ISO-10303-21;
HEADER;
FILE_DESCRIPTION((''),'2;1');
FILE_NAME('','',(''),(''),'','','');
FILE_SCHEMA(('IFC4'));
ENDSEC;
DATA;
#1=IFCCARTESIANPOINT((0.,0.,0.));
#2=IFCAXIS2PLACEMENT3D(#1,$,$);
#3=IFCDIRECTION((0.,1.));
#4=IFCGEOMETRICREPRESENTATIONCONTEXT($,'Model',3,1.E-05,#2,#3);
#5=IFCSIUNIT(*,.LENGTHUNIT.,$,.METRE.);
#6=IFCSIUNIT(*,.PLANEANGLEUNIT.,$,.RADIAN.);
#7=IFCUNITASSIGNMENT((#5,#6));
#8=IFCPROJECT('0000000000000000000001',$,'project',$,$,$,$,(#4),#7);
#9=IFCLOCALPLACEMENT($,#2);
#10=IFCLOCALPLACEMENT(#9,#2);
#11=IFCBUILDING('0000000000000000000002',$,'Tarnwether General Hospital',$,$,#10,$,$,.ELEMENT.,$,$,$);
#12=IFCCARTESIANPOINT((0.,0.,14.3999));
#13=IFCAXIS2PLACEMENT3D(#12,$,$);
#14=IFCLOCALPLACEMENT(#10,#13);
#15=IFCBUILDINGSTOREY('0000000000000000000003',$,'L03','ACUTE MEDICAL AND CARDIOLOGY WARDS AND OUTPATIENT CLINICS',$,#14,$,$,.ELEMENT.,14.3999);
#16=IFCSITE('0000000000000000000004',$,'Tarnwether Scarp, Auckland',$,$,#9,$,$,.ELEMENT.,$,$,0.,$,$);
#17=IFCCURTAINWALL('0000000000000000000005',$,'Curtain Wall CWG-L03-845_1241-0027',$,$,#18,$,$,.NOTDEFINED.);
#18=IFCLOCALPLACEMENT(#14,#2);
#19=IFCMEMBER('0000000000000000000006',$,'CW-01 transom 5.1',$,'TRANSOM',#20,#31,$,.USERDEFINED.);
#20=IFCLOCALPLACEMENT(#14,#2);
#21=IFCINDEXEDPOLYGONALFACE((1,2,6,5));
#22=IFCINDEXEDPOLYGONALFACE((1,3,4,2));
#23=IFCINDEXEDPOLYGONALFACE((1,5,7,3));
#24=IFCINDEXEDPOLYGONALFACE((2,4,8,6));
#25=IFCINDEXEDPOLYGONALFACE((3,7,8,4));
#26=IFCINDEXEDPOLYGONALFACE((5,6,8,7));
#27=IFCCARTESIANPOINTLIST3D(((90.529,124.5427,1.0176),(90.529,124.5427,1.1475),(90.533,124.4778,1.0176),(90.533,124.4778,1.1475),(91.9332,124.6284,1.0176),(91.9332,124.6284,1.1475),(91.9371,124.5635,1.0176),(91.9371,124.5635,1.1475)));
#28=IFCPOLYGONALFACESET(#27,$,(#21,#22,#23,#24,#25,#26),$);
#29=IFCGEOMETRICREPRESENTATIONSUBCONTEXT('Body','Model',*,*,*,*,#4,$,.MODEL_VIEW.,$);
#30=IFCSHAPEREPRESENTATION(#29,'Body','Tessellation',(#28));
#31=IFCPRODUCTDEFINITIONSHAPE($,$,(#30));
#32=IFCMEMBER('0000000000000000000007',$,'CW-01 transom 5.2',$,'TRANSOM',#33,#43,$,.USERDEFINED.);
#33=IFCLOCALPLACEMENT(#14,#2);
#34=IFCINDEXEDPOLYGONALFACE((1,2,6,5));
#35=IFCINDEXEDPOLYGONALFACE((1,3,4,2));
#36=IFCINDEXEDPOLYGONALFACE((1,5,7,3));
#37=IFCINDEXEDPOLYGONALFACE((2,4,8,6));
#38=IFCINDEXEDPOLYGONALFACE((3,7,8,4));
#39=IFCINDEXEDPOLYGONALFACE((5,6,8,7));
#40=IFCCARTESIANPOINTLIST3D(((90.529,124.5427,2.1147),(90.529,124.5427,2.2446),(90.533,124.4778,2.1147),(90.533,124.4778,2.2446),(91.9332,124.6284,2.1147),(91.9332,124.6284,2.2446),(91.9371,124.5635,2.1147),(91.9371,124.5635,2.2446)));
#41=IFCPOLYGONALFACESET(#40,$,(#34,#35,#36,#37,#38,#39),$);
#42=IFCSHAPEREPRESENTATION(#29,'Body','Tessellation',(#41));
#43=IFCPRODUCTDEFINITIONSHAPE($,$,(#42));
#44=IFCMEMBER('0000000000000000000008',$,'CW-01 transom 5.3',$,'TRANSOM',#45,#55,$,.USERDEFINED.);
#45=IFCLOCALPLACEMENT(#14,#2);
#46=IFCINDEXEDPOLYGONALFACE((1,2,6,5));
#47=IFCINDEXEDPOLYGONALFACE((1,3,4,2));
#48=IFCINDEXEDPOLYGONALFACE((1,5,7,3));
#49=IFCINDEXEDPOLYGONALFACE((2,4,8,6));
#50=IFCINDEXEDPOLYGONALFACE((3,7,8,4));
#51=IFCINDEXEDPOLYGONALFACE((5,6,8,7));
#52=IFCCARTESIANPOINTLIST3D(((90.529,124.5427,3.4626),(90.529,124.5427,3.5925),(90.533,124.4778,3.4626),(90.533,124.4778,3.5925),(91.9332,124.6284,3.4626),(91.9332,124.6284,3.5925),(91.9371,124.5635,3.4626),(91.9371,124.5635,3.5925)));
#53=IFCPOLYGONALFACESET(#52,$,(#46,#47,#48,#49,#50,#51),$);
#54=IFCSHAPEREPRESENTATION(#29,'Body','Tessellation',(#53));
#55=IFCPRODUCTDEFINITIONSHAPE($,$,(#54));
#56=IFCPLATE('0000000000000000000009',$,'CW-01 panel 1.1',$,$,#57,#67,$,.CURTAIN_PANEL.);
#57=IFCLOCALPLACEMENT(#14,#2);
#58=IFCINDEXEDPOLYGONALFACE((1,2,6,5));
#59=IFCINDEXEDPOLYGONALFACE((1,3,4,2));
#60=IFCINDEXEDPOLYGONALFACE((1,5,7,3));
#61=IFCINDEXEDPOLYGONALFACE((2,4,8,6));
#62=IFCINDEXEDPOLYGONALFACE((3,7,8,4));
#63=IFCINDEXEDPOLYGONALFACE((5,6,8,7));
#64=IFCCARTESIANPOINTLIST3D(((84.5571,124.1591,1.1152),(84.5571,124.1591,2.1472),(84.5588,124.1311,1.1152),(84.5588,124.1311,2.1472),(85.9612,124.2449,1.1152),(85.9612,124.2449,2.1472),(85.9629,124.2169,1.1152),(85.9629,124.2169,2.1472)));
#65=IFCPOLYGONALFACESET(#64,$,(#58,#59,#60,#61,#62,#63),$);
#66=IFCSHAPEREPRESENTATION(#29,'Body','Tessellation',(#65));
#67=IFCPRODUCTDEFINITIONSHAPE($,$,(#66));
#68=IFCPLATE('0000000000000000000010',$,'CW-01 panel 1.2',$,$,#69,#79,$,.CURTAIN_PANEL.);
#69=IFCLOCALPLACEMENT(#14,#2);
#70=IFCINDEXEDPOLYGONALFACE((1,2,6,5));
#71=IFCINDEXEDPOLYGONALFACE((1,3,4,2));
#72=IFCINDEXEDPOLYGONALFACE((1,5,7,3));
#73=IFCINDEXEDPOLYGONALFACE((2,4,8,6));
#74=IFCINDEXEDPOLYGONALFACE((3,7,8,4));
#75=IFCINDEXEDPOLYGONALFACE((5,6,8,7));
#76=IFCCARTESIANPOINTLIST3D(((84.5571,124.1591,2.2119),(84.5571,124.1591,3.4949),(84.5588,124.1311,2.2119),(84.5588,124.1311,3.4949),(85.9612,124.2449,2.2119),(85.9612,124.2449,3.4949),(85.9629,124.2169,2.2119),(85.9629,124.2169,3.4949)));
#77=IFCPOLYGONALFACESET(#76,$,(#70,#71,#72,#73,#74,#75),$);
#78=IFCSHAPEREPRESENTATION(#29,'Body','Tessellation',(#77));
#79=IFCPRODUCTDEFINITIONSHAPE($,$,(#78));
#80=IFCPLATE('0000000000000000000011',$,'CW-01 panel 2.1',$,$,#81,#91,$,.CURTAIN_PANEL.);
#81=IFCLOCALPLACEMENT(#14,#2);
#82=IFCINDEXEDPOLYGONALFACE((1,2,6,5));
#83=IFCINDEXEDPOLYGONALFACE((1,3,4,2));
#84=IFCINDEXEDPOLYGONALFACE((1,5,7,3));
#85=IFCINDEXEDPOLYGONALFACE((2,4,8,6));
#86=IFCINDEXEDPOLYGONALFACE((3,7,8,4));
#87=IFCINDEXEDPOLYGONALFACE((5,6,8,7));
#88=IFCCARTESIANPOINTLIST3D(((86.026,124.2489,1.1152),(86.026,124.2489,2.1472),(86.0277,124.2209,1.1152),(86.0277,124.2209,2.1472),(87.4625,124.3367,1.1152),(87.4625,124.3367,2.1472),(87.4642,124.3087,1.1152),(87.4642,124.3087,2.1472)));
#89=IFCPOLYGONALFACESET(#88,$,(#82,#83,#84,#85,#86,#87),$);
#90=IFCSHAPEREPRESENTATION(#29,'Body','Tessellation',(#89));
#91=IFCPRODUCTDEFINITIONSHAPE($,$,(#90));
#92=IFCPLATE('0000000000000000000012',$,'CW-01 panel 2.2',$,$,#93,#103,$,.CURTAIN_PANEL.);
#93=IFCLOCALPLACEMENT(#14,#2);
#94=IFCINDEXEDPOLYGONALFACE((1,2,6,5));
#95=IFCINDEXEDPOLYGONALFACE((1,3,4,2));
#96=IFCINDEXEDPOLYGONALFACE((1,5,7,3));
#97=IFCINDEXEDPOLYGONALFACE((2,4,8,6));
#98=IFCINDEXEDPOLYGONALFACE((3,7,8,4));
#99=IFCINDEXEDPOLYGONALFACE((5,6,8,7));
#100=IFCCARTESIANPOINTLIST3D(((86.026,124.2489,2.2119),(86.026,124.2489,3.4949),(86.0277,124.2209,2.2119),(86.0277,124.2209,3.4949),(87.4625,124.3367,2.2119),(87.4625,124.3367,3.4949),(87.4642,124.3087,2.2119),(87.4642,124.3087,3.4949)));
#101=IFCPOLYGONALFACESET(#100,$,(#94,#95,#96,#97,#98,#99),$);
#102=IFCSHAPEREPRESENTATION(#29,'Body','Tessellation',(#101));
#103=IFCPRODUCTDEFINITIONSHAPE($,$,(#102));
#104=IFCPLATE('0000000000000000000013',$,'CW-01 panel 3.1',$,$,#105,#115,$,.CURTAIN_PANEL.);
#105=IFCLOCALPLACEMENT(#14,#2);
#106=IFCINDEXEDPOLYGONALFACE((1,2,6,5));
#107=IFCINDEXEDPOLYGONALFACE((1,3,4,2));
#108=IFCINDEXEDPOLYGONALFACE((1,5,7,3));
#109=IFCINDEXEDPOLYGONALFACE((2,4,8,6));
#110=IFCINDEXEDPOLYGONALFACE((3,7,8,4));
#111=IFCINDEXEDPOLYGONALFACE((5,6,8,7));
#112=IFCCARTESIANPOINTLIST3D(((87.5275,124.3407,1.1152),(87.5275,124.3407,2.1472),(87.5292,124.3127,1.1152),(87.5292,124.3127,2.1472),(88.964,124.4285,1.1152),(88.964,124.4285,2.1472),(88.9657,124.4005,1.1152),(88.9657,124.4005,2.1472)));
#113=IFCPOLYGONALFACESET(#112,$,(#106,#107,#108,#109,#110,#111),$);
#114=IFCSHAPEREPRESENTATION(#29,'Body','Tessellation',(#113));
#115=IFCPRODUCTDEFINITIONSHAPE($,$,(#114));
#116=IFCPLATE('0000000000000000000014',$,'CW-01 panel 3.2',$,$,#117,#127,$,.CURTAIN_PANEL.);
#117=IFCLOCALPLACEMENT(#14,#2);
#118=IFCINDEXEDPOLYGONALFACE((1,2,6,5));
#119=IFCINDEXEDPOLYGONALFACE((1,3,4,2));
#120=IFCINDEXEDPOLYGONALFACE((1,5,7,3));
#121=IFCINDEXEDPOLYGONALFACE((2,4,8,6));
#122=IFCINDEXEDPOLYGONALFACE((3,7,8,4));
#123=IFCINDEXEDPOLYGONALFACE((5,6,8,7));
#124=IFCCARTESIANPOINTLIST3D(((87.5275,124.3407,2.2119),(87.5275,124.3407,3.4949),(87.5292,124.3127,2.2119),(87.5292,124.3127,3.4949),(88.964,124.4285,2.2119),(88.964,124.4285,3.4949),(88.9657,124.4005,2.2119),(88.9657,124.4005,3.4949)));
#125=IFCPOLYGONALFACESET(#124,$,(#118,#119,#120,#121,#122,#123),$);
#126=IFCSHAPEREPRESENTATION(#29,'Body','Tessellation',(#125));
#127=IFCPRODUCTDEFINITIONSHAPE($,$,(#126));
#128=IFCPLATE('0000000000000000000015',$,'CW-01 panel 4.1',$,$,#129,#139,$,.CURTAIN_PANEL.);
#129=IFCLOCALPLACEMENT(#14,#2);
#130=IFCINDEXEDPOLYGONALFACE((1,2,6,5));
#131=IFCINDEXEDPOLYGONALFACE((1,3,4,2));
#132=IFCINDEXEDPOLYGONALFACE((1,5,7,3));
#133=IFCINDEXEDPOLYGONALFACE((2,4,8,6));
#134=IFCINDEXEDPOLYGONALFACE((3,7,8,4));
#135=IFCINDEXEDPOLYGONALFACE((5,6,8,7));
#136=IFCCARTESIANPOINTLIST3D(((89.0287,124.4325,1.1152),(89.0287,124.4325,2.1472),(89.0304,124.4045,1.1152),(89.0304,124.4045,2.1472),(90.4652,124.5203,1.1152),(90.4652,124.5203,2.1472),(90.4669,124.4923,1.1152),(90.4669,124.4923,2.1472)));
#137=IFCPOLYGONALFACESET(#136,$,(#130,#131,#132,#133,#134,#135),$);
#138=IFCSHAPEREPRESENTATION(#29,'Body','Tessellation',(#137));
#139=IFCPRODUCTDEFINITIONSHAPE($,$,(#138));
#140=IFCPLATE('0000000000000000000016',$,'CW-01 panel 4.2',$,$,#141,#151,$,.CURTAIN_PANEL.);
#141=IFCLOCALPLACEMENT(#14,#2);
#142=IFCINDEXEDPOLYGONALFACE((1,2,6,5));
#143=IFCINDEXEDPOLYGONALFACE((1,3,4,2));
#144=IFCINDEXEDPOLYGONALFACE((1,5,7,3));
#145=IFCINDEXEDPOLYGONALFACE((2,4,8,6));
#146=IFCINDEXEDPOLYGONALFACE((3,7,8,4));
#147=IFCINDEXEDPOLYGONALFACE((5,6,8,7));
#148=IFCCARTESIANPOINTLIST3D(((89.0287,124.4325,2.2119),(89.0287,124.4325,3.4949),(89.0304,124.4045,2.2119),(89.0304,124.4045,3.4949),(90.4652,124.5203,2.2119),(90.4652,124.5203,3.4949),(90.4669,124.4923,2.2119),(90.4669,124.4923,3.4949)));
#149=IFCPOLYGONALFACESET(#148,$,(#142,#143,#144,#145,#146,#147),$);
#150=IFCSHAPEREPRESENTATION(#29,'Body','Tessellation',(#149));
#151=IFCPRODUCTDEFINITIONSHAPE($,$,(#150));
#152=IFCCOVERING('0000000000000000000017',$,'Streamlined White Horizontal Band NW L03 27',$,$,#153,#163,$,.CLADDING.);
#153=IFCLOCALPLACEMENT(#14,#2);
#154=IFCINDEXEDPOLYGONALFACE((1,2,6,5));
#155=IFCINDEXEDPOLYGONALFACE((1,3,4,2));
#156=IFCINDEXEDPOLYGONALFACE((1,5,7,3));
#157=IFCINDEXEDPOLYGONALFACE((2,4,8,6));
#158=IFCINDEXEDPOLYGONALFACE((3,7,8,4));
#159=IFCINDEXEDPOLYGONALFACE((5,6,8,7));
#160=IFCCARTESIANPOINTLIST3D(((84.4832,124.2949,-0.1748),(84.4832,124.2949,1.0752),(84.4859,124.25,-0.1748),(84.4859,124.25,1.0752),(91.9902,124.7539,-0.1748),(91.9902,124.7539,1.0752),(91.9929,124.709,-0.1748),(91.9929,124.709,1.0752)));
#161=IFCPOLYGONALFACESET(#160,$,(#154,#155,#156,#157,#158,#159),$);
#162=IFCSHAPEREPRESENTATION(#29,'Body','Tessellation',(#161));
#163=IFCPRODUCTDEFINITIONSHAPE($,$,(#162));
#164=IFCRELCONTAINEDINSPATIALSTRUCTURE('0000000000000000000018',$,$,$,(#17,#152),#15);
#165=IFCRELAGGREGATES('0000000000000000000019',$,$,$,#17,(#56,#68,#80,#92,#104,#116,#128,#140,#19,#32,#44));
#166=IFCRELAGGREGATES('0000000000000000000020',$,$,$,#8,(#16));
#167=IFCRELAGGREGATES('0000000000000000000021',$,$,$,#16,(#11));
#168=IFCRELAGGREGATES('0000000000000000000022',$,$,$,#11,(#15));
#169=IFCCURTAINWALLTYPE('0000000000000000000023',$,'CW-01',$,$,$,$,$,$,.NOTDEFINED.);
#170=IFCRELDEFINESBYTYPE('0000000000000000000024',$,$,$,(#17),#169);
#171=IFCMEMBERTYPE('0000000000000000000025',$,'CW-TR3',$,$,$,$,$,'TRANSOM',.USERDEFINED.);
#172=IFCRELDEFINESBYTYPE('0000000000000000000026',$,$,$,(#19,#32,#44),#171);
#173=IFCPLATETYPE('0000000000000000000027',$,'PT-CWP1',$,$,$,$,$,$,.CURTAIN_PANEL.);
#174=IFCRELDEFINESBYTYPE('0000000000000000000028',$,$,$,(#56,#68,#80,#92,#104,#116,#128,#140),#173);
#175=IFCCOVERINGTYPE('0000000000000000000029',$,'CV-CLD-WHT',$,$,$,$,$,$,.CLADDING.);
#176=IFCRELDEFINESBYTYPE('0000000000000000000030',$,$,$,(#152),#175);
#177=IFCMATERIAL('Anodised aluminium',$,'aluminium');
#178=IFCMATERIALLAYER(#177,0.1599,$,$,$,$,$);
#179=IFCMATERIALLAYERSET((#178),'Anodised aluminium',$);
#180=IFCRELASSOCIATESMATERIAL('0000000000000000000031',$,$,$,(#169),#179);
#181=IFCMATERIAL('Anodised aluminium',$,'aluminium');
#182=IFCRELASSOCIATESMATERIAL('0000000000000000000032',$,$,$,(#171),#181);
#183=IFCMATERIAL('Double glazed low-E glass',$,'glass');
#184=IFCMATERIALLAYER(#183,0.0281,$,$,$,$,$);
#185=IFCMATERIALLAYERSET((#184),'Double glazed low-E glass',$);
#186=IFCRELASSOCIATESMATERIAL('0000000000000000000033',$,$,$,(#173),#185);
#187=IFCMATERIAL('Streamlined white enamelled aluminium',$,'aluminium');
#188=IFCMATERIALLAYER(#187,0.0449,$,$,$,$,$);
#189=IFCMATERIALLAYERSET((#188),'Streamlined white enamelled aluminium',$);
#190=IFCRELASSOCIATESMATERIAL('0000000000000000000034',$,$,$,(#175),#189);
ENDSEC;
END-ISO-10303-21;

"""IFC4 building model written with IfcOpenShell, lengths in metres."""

from ifc_helpers import new_model, si_unit, direction, frame, origin, origin_2d, place, context, subcontext, project, spatial, rectangle, extrude, material, layer, layer_set, material_profile, profile_set, type_object, element, aggregate, save


model = new_model("IFC4")

# Units and contexts
model_context = context("Model", 3, precision=1e-05, world=origin(), true_north=direction((0.0, 1.0)))
body_context = subcontext(model_context, "Body", "Model", "MODEL_VIEW")
ifc_project = project(units=[si_unit("LENGTHUNIT", "METRE"), si_unit("PLANEANGLEUNIT", "RADIAN")], contexts=[model_context])

# Site, building, storey
site_placement = place(None, origin())
site = spatial("IfcSite", under=ifc_project, at=site_placement, Name="Tarnwether Scarp, Auckland", CompositionType="ELEMENT", RefElevation=0.0)
building_placement = place(site_placement, origin())
building = spatial("IfcBuilding", under=site, at=building_placement, Name="Tarnwether General Hospital", CompositionType="ELEMENT")
storey_placement = place(building_placement, frame((0.0, 0.0, 14.3999)))
storey = spatial("IfcBuildingStorey", under=building, at=storey_placement, Name="L03", Description="ACUTE MEDICAL AND CARDIOLOGY WARDS AND OUTPATIENT CLINICS", CompositionType="ELEMENT", Elevation=14.3999)

# Curtain wall, members, plates
ifc_material_1 = material(Name="Anodised aluminium", Category="aluminium")
ifc_layer_1 = layer(ifc_material_1, 0.1599)
ifc_layer_set_1 = layer_set([ifc_layer_1], Name="Anodised aluminium")
curtain_wall_type = type_object("IfcCurtainWallType", Name="CW-01", PredefinedType="NOTDEFINED", material=ifc_layer_set_1)
curtain_wall_placement = place(storey_placement, origin())
curtain_wall = element("IfcCurtainWall", 1, at=curtain_wall_placement, inside=storey, type_object=curtain_wall_type, Name="Curtain Wall CWG-L03-845_1241-0027", PredefinedType="NOTDEFINED")
ifc_material_2 = material(Name="Anodised aluminium", Category="aluminium")
ifc_material_profile_1 = material_profile(ifc_material_2, rectangle(XDim=0.0649, YDim=0.1299, at=origin_2d()), Name="ALU-TRN-65x130")
ifc_profile_set_1 = profile_set([ifc_material_profile_1], Name="Anodised aluminium")
member_type_1 = type_object("IfcMemberType", Name="CW-TR3", ElementType="TRANSOM", PredefinedType="USERDEFINED", material=ifc_profile_set_1)
member_1_placement = place(storey_placement, frame((90.531, 124.5103, 1.0825), z_axis=(0.998143, 0.06092, 0.0), x_axis=(-0.06092, 0.998143, 0.0)))
member_1 = element("IfcMember", 2, at=member_1_placement, type_object=member_type_1, Name="CW-01 transom 5.1", ObjectType="TRANSOM", PredefinedType="USERDEFINED", context=body_context, shape_type="SweptSolid", body=[
    extrude(rectangle(XDim=0.0649, YDim=0.1299, at=origin_2d()), origin(), (0.0, 0.0, 1.0), 1.4067),
])
member_2_placement = place(storey_placement, frame((90.531, 124.5103, 2.1797), z_axis=(0.998143, 0.06092, 0.0), x_axis=(-0.06092, 0.998143, 0.0)))
member_2 = element("IfcMember", 3, at=member_2_placement, type_object=member_type_1, Name="CW-01 transom 5.2", ObjectType="TRANSOM", PredefinedType="USERDEFINED", context=body_context, shape_type="SweptSolid", body=[
    extrude(rectangle(XDim=0.0649, YDim=0.1299, at=origin_2d()), origin(), (0.0, 0.0, 1.0), 1.4067),
])
member_3_placement = place(storey_placement, frame((90.531, 124.5103, 3.5276), z_axis=(0.998143, 0.06092, 0.0), x_axis=(-0.06092, 0.998143, 0.0)))
member_3 = element("IfcMember", 4, at=member_3_placement, type_object=member_type_1, Name="CW-01 transom 5.3", ObjectType="TRANSOM", PredefinedType="USERDEFINED", context=body_context, shape_type="SweptSolid", body=[
    extrude(rectangle(XDim=0.0649, YDim=0.1299, at=origin_2d()), origin(), (0.0, 0.0, 1.0), 1.4067),
])
ifc_material_3 = material(Name="Double glazed low-E glass", Category="glass")
ifc_layer_2 = layer(ifc_material_3, 0.0281)
ifc_layer_set_2 = layer_set([ifc_layer_2], Name="Double glazed low-E glass")
plate_type = type_object("IfcPlateType", Name="PT-CWP1", PredefinedType="CURTAIN_PANEL", material=ifc_layer_set_2)
plate_1_placement = place(storey_placement, frame((85.26, 124.188, 1.1152), z_axis=(0.0, 0.0, 1.0), x_axis=(0.998136, 0.061029, 0.0)))
plate_1 = element("IfcPlate", 5, at=plate_1_placement, type_object=plate_type, Name="CW-01 panel 1.1", PredefinedType="CURTAIN_PANEL", context=body_context, shape_type="SweptSolid", body=[
    extrude(rectangle(XDim=1.4067, YDim=0.0281, at=origin_2d()), origin(), (0.0, 0.0, 1.0), 1.032),
])
plate_2_placement = place(storey_placement, frame((85.26, 124.188, 2.2119), z_axis=(0.0, 0.0, 1.0), x_axis=(0.998136, 0.061029, 0.0)))
plate_2 = element("IfcPlate", 6, at=plate_2_placement, type_object=plate_type, Name="CW-01 panel 1.2", PredefinedType="CURTAIN_PANEL", context=body_context, shape_type="SweptSolid", body=[
    extrude(rectangle(XDim=1.4067, YDim=0.0281, at=origin_2d()), origin(), (0.0, 0.0, 1.0), 1.283),
])
plate_3_placement = place(storey_placement, frame((86.7451, 124.2788, 1.1152), z_axis=(0.0, 0.0, 1.0), x_axis=(0.998136, 0.061029, 0.0)))
plate_3 = element("IfcPlate", 7, at=plate_3_placement, type_object=plate_type, Name="CW-01 panel 2.1", PredefinedType="CURTAIN_PANEL", context=body_context, shape_type="SweptSolid", body=[
    extrude(rectangle(XDim=1.4392, YDim=0.0281, at=origin_2d()), origin(), (0.0, 0.0, 1.0), 1.032),
])
plate_4_placement = place(storey_placement, frame((86.7451, 124.2788, 2.2119), z_axis=(0.0, 0.0, 1.0), x_axis=(0.998136, 0.061029, 0.0)))
plate_4 = element("IfcPlate", 8, at=plate_4_placement, type_object=plate_type, Name="CW-01 panel 2.2", PredefinedType="CURTAIN_PANEL", context=body_context, shape_type="SweptSolid", body=[
    extrude(rectangle(XDim=1.4392, YDim=0.0281, at=origin_2d()), origin(), (0.0, 0.0, 1.0), 1.283),
])
plate_5_placement = place(storey_placement, frame((88.2466, 124.3706, 1.1152), z_axis=(0.0, 0.0, 1.0), x_axis=(0.998136, 0.061029, 0.0)))
plate_5 = element("IfcPlate", 9, at=plate_5_placement, type_object=plate_type, Name="CW-01 panel 3.1", PredefinedType="CURTAIN_PANEL", context=body_context, shape_type="SweptSolid", body=[
    extrude(rectangle(XDim=1.4392, YDim=0.0281, at=origin_2d()), origin(), (0.0, 0.0, 1.0), 1.032),
])
plate_6_placement = place(storey_placement, frame((88.2466, 124.3706, 2.2119), z_axis=(0.0, 0.0, 1.0), x_axis=(0.998136, 0.061029, 0.0)))
plate_6 = element("IfcPlate", 10, at=plate_6_placement, type_object=plate_type, Name="CW-01 panel 3.2", PredefinedType="CURTAIN_PANEL", context=body_context, shape_type="SweptSolid", body=[
    extrude(rectangle(XDim=1.4392, YDim=0.0281, at=origin_2d()), origin(), (0.0, 0.0, 1.0), 1.283),
])
plate_7_placement = place(storey_placement, frame((89.7478, 124.4624, 1.1152), z_axis=(0.0, 0.0, 1.0), x_axis=(0.998136, 0.061029, 0.0)))
plate_7 = element("IfcPlate", 11, at=plate_7_placement, type_object=plate_type, Name="CW-01 panel 4.1", PredefinedType="CURTAIN_PANEL", context=body_context, shape_type="SweptSolid", body=[
    extrude(rectangle(XDim=1.4392, YDim=0.0281, at=origin_2d()), origin(), (0.0, 0.0, 1.0), 1.032),
])
plate_8_placement = place(storey_placement, frame((89.7478, 124.4624, 2.2119), z_axis=(0.0, 0.0, 1.0), x_axis=(0.998136, 0.061029, 0.0)))
plate_8 = element("IfcPlate", 12, at=plate_8_placement, type_object=plate_type, Name="CW-01 panel 4.2", PredefinedType="CURTAIN_PANEL", context=body_context, shape_type="SweptSolid", body=[
    extrude(rectangle(XDim=1.4392, YDim=0.0281, at=origin_2d()), origin(), (0.0, 0.0, 1.0), 1.283),
])
aggregate(curtain_wall, [plate_1, plate_2, plate_3, plate_4, plate_5, plate_6, plate_7, plate_8, member_1, member_2, member_3])

# Covering
ifc_material_4 = material(Name="Streamlined white enamelled aluminium", Category="aluminium")
ifc_layer_3 = layer(ifc_material_4, 0.0449)
ifc_layer_set_3 = layer_set([ifc_layer_3], Name="Streamlined white enamelled aluminium")
covering_type = type_object("IfcCoveringType", Name="CV-CLD-WHT", PredefinedType="CLADDING", material=ifc_layer_set_3)
covering_placement = place(storey_placement, frame((88.238, 124.502, -0.1748), z_axis=(0.0, 0.0, 1.0), x_axis=(0.998136, 0.061031, 0.0)))
element("IfcCovering", 13, at=covering_placement, inside=storey, type_object=covering_type, Name="Streamlined White Horizontal Band NW L03 27", PredefinedType="CLADDING", context=body_context, shape_type="SweptSolid", body=[
    extrude(rectangle(XDim=7.521, YDim=0.0449, at=origin_2d()), origin(), (0.0, 0.0, 1.0), 1.25),
])

save(model, "model.ifc")
